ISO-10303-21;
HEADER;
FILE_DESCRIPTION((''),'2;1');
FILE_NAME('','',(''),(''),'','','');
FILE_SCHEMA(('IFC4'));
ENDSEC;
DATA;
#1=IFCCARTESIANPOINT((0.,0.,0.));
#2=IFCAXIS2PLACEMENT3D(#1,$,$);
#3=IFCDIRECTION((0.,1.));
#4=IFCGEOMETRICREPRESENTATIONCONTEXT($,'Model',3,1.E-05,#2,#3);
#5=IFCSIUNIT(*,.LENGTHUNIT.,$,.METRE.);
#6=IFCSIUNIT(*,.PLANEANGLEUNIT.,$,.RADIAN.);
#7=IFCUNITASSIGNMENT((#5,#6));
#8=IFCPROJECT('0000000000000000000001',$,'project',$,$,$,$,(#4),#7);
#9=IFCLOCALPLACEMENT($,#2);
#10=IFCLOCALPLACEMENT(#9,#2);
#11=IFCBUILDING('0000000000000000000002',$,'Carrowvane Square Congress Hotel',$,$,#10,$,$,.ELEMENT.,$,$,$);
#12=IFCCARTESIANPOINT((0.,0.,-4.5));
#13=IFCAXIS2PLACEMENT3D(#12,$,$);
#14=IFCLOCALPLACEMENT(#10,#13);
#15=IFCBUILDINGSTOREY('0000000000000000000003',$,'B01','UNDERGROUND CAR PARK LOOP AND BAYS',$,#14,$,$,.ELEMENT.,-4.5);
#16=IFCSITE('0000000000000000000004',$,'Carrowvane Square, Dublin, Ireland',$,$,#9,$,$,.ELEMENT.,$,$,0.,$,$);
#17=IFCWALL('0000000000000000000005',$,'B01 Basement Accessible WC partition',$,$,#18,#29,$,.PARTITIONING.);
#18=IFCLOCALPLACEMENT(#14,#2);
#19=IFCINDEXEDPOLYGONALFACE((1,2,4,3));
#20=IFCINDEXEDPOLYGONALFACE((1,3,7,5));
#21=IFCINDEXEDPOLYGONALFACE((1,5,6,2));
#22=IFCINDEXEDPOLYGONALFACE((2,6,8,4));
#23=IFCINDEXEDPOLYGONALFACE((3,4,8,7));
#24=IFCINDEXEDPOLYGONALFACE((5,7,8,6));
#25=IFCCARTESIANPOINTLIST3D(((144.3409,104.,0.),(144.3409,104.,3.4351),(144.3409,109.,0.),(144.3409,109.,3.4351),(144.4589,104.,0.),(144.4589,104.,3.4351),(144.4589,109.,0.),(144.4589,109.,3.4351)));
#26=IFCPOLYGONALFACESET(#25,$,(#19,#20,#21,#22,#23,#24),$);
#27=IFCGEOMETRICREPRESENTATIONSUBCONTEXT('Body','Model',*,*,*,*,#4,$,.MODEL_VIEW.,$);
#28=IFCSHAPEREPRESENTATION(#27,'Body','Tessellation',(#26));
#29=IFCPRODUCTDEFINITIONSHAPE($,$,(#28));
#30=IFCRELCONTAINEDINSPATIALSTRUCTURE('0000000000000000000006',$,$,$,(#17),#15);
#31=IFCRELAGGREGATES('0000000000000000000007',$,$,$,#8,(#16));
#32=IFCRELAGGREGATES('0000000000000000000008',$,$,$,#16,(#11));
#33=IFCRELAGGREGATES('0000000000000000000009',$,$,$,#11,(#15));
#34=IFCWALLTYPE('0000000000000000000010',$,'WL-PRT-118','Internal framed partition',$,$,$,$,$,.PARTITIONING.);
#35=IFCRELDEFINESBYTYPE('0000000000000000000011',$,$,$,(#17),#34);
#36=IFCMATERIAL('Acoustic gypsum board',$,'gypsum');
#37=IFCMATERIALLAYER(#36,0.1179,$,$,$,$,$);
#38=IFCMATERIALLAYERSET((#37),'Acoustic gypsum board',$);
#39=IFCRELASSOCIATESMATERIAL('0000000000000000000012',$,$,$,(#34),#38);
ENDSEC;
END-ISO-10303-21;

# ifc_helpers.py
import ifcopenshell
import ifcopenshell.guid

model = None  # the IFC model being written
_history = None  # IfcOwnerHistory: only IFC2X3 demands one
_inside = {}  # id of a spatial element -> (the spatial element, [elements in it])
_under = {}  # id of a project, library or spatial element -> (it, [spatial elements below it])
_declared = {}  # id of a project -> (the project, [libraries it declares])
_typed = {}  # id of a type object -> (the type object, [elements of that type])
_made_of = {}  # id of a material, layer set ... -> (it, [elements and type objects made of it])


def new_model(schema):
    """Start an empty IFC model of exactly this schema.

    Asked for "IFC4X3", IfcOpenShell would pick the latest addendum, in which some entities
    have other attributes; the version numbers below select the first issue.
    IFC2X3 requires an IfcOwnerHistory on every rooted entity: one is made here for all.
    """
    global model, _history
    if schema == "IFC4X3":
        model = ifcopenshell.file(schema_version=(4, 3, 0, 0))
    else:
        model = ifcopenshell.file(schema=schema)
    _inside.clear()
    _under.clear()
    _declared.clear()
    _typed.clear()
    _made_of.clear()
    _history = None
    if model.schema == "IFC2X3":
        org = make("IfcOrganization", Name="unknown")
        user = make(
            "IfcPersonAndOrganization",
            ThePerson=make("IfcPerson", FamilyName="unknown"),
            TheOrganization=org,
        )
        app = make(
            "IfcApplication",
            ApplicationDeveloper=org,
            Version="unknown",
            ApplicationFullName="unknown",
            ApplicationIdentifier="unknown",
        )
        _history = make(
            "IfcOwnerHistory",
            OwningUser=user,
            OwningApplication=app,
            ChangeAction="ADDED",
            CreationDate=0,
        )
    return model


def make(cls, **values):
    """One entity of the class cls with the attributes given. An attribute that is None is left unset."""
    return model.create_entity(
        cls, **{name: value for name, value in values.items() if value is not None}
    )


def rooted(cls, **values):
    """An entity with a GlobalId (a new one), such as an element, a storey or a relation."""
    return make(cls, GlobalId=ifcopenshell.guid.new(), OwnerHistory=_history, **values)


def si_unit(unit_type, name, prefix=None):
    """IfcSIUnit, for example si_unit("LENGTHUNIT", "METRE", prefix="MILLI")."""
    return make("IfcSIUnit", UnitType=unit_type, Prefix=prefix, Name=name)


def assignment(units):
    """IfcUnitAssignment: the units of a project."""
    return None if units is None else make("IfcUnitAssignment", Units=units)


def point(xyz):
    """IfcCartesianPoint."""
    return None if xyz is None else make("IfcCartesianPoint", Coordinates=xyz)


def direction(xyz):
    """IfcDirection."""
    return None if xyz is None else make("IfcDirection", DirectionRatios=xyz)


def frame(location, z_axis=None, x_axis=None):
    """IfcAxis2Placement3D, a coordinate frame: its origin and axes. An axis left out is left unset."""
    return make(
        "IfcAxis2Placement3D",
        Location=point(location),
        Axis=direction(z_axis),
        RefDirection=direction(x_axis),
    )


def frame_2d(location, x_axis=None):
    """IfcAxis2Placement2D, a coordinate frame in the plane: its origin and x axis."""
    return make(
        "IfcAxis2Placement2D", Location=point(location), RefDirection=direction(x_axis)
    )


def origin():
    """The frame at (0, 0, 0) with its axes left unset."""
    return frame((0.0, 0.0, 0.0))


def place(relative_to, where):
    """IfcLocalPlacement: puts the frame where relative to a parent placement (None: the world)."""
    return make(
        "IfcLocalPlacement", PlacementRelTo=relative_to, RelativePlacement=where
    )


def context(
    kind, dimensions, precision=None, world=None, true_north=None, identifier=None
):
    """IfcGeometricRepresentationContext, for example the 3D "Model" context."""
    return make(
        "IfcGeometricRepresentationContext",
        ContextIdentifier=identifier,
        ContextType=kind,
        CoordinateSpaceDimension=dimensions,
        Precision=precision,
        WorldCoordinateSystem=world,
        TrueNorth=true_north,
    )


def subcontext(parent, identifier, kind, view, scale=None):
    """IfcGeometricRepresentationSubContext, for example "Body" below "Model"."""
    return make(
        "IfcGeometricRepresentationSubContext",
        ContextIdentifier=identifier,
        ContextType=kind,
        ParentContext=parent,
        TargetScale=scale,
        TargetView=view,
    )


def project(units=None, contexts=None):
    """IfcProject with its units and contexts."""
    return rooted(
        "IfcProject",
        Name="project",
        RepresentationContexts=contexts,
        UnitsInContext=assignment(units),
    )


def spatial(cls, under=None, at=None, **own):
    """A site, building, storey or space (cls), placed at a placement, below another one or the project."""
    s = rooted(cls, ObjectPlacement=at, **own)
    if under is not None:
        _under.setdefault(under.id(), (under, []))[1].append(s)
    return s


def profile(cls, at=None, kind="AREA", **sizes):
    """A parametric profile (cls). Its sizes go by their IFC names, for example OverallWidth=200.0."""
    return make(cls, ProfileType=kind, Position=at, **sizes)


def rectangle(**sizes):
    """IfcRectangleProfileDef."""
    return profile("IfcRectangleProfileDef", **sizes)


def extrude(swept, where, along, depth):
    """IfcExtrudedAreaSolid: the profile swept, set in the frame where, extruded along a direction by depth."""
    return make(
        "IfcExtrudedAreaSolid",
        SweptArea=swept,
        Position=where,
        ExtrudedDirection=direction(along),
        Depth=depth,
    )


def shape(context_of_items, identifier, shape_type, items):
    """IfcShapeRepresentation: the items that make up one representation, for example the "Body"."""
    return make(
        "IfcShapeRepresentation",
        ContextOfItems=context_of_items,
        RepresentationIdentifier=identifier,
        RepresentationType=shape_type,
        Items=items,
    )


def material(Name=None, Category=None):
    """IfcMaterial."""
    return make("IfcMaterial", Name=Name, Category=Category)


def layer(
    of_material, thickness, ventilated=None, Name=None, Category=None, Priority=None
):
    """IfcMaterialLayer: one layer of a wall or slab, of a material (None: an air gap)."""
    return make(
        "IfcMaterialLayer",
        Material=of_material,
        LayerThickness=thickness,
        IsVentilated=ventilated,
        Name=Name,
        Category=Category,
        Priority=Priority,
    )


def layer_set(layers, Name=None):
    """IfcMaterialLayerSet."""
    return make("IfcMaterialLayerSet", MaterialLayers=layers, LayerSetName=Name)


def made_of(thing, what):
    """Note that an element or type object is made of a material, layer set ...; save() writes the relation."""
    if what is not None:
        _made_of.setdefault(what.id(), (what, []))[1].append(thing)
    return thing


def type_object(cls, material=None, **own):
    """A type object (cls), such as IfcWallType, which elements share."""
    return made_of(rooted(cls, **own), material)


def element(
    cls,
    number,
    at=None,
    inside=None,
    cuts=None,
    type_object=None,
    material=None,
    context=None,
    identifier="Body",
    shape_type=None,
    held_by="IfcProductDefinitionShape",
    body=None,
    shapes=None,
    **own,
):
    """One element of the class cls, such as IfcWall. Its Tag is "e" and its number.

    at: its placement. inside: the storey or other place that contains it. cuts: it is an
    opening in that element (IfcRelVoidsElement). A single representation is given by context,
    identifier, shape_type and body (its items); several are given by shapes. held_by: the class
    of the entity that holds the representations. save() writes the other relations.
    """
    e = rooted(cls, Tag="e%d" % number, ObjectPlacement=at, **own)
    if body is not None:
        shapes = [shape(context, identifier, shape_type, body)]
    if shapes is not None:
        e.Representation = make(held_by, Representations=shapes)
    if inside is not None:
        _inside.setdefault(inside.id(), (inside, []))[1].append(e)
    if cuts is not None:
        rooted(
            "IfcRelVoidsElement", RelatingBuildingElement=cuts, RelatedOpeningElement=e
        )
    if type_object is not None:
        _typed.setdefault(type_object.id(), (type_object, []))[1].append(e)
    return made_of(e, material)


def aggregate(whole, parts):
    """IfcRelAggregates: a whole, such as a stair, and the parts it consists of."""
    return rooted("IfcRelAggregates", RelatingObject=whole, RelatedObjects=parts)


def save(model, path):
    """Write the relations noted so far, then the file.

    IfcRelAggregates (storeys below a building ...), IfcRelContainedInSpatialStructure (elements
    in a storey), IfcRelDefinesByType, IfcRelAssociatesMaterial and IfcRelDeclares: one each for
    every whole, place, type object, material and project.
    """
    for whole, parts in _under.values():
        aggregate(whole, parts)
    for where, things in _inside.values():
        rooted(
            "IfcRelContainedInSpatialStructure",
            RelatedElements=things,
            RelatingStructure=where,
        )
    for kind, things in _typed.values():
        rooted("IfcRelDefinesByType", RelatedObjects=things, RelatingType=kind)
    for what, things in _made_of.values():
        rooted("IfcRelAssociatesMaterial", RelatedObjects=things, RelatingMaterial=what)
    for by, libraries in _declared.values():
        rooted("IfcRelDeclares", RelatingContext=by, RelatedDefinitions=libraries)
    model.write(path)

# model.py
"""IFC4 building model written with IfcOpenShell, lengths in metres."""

from ifc_helpers import new_model, si_unit, direction, frame, frame_2d, origin, place, context, subcontext, project, spatial, rectangle, extrude, material, layer, layer_set, type_object, element, save


model = new_model("IFC4")

# Units and contexts
model_context = context("Model", 3, precision=1e-05, world=origin(), true_north=direction((0.0, 1.0)))
body_context = subcontext(model_context, "Body", "Model", "MODEL_VIEW")
ifc_project = project(units=[si_unit("LENGTHUNIT", "METRE"), si_unit("PLANEANGLEUNIT", "RADIAN")], contexts=[model_context])

# Site, building, storey
site_placement = place(None, origin())
site = spatial("IfcSite", under=ifc_project, at=site_placement, Name="Carrowvane Square, Dublin, Ireland", CompositionType="ELEMENT", RefElevation=0.0)
building_placement = place(site_placement, origin())
building = spatial("IfcBuilding", under=site, at=building_placement, Name="Carrowvane Square Congress Hotel", CompositionType="ELEMENT")
storey_placement = place(building_placement, frame((0.0, 0.0, -4.5)))
storey = spatial("IfcBuildingStorey", under=building, at=storey_placement, Name="B01", Description="UNDERGROUND CAR PARK LOOP AND BAYS", CompositionType="ELEMENT", Elevation=-4.5)

# Wall
ifc_material_1 = material(Name="Acoustic gypsum board", Category="gypsum")
ifc_layer_1 = layer(ifc_material_1, 0.1179)
ifc_layer_set_1 = layer_set([ifc_layer_1], Name="Acoustic gypsum board")
wall_type_1 = type_object("IfcWallType", Name="WL-PRT-118", Description="Internal framed partition", PredefinedType="PARTITIONING", material=ifc_layer_set_1)
wall_1_placement = place(storey_placement, frame((144.3999, 104.0, 0.0), z_axis=(0.0, 0.0, 1.0), x_axis=(0.0, 1.0, 0.0)))
element("IfcWall", 1, at=wall_1_placement, inside=storey, type_object=wall_type_1, Name="B01 Basement Accessible WC partition", PredefinedType="PARTITIONING", context=body_context, shape_type="SweptSolid", body=[
    extrude(rectangle(XDim=5.0, YDim=0.1179, at=frame_2d((2.5, 0.0))), origin(), (0.0, 0.0, 1.0), 3.4351),
])

save(model, "model.ifc")
